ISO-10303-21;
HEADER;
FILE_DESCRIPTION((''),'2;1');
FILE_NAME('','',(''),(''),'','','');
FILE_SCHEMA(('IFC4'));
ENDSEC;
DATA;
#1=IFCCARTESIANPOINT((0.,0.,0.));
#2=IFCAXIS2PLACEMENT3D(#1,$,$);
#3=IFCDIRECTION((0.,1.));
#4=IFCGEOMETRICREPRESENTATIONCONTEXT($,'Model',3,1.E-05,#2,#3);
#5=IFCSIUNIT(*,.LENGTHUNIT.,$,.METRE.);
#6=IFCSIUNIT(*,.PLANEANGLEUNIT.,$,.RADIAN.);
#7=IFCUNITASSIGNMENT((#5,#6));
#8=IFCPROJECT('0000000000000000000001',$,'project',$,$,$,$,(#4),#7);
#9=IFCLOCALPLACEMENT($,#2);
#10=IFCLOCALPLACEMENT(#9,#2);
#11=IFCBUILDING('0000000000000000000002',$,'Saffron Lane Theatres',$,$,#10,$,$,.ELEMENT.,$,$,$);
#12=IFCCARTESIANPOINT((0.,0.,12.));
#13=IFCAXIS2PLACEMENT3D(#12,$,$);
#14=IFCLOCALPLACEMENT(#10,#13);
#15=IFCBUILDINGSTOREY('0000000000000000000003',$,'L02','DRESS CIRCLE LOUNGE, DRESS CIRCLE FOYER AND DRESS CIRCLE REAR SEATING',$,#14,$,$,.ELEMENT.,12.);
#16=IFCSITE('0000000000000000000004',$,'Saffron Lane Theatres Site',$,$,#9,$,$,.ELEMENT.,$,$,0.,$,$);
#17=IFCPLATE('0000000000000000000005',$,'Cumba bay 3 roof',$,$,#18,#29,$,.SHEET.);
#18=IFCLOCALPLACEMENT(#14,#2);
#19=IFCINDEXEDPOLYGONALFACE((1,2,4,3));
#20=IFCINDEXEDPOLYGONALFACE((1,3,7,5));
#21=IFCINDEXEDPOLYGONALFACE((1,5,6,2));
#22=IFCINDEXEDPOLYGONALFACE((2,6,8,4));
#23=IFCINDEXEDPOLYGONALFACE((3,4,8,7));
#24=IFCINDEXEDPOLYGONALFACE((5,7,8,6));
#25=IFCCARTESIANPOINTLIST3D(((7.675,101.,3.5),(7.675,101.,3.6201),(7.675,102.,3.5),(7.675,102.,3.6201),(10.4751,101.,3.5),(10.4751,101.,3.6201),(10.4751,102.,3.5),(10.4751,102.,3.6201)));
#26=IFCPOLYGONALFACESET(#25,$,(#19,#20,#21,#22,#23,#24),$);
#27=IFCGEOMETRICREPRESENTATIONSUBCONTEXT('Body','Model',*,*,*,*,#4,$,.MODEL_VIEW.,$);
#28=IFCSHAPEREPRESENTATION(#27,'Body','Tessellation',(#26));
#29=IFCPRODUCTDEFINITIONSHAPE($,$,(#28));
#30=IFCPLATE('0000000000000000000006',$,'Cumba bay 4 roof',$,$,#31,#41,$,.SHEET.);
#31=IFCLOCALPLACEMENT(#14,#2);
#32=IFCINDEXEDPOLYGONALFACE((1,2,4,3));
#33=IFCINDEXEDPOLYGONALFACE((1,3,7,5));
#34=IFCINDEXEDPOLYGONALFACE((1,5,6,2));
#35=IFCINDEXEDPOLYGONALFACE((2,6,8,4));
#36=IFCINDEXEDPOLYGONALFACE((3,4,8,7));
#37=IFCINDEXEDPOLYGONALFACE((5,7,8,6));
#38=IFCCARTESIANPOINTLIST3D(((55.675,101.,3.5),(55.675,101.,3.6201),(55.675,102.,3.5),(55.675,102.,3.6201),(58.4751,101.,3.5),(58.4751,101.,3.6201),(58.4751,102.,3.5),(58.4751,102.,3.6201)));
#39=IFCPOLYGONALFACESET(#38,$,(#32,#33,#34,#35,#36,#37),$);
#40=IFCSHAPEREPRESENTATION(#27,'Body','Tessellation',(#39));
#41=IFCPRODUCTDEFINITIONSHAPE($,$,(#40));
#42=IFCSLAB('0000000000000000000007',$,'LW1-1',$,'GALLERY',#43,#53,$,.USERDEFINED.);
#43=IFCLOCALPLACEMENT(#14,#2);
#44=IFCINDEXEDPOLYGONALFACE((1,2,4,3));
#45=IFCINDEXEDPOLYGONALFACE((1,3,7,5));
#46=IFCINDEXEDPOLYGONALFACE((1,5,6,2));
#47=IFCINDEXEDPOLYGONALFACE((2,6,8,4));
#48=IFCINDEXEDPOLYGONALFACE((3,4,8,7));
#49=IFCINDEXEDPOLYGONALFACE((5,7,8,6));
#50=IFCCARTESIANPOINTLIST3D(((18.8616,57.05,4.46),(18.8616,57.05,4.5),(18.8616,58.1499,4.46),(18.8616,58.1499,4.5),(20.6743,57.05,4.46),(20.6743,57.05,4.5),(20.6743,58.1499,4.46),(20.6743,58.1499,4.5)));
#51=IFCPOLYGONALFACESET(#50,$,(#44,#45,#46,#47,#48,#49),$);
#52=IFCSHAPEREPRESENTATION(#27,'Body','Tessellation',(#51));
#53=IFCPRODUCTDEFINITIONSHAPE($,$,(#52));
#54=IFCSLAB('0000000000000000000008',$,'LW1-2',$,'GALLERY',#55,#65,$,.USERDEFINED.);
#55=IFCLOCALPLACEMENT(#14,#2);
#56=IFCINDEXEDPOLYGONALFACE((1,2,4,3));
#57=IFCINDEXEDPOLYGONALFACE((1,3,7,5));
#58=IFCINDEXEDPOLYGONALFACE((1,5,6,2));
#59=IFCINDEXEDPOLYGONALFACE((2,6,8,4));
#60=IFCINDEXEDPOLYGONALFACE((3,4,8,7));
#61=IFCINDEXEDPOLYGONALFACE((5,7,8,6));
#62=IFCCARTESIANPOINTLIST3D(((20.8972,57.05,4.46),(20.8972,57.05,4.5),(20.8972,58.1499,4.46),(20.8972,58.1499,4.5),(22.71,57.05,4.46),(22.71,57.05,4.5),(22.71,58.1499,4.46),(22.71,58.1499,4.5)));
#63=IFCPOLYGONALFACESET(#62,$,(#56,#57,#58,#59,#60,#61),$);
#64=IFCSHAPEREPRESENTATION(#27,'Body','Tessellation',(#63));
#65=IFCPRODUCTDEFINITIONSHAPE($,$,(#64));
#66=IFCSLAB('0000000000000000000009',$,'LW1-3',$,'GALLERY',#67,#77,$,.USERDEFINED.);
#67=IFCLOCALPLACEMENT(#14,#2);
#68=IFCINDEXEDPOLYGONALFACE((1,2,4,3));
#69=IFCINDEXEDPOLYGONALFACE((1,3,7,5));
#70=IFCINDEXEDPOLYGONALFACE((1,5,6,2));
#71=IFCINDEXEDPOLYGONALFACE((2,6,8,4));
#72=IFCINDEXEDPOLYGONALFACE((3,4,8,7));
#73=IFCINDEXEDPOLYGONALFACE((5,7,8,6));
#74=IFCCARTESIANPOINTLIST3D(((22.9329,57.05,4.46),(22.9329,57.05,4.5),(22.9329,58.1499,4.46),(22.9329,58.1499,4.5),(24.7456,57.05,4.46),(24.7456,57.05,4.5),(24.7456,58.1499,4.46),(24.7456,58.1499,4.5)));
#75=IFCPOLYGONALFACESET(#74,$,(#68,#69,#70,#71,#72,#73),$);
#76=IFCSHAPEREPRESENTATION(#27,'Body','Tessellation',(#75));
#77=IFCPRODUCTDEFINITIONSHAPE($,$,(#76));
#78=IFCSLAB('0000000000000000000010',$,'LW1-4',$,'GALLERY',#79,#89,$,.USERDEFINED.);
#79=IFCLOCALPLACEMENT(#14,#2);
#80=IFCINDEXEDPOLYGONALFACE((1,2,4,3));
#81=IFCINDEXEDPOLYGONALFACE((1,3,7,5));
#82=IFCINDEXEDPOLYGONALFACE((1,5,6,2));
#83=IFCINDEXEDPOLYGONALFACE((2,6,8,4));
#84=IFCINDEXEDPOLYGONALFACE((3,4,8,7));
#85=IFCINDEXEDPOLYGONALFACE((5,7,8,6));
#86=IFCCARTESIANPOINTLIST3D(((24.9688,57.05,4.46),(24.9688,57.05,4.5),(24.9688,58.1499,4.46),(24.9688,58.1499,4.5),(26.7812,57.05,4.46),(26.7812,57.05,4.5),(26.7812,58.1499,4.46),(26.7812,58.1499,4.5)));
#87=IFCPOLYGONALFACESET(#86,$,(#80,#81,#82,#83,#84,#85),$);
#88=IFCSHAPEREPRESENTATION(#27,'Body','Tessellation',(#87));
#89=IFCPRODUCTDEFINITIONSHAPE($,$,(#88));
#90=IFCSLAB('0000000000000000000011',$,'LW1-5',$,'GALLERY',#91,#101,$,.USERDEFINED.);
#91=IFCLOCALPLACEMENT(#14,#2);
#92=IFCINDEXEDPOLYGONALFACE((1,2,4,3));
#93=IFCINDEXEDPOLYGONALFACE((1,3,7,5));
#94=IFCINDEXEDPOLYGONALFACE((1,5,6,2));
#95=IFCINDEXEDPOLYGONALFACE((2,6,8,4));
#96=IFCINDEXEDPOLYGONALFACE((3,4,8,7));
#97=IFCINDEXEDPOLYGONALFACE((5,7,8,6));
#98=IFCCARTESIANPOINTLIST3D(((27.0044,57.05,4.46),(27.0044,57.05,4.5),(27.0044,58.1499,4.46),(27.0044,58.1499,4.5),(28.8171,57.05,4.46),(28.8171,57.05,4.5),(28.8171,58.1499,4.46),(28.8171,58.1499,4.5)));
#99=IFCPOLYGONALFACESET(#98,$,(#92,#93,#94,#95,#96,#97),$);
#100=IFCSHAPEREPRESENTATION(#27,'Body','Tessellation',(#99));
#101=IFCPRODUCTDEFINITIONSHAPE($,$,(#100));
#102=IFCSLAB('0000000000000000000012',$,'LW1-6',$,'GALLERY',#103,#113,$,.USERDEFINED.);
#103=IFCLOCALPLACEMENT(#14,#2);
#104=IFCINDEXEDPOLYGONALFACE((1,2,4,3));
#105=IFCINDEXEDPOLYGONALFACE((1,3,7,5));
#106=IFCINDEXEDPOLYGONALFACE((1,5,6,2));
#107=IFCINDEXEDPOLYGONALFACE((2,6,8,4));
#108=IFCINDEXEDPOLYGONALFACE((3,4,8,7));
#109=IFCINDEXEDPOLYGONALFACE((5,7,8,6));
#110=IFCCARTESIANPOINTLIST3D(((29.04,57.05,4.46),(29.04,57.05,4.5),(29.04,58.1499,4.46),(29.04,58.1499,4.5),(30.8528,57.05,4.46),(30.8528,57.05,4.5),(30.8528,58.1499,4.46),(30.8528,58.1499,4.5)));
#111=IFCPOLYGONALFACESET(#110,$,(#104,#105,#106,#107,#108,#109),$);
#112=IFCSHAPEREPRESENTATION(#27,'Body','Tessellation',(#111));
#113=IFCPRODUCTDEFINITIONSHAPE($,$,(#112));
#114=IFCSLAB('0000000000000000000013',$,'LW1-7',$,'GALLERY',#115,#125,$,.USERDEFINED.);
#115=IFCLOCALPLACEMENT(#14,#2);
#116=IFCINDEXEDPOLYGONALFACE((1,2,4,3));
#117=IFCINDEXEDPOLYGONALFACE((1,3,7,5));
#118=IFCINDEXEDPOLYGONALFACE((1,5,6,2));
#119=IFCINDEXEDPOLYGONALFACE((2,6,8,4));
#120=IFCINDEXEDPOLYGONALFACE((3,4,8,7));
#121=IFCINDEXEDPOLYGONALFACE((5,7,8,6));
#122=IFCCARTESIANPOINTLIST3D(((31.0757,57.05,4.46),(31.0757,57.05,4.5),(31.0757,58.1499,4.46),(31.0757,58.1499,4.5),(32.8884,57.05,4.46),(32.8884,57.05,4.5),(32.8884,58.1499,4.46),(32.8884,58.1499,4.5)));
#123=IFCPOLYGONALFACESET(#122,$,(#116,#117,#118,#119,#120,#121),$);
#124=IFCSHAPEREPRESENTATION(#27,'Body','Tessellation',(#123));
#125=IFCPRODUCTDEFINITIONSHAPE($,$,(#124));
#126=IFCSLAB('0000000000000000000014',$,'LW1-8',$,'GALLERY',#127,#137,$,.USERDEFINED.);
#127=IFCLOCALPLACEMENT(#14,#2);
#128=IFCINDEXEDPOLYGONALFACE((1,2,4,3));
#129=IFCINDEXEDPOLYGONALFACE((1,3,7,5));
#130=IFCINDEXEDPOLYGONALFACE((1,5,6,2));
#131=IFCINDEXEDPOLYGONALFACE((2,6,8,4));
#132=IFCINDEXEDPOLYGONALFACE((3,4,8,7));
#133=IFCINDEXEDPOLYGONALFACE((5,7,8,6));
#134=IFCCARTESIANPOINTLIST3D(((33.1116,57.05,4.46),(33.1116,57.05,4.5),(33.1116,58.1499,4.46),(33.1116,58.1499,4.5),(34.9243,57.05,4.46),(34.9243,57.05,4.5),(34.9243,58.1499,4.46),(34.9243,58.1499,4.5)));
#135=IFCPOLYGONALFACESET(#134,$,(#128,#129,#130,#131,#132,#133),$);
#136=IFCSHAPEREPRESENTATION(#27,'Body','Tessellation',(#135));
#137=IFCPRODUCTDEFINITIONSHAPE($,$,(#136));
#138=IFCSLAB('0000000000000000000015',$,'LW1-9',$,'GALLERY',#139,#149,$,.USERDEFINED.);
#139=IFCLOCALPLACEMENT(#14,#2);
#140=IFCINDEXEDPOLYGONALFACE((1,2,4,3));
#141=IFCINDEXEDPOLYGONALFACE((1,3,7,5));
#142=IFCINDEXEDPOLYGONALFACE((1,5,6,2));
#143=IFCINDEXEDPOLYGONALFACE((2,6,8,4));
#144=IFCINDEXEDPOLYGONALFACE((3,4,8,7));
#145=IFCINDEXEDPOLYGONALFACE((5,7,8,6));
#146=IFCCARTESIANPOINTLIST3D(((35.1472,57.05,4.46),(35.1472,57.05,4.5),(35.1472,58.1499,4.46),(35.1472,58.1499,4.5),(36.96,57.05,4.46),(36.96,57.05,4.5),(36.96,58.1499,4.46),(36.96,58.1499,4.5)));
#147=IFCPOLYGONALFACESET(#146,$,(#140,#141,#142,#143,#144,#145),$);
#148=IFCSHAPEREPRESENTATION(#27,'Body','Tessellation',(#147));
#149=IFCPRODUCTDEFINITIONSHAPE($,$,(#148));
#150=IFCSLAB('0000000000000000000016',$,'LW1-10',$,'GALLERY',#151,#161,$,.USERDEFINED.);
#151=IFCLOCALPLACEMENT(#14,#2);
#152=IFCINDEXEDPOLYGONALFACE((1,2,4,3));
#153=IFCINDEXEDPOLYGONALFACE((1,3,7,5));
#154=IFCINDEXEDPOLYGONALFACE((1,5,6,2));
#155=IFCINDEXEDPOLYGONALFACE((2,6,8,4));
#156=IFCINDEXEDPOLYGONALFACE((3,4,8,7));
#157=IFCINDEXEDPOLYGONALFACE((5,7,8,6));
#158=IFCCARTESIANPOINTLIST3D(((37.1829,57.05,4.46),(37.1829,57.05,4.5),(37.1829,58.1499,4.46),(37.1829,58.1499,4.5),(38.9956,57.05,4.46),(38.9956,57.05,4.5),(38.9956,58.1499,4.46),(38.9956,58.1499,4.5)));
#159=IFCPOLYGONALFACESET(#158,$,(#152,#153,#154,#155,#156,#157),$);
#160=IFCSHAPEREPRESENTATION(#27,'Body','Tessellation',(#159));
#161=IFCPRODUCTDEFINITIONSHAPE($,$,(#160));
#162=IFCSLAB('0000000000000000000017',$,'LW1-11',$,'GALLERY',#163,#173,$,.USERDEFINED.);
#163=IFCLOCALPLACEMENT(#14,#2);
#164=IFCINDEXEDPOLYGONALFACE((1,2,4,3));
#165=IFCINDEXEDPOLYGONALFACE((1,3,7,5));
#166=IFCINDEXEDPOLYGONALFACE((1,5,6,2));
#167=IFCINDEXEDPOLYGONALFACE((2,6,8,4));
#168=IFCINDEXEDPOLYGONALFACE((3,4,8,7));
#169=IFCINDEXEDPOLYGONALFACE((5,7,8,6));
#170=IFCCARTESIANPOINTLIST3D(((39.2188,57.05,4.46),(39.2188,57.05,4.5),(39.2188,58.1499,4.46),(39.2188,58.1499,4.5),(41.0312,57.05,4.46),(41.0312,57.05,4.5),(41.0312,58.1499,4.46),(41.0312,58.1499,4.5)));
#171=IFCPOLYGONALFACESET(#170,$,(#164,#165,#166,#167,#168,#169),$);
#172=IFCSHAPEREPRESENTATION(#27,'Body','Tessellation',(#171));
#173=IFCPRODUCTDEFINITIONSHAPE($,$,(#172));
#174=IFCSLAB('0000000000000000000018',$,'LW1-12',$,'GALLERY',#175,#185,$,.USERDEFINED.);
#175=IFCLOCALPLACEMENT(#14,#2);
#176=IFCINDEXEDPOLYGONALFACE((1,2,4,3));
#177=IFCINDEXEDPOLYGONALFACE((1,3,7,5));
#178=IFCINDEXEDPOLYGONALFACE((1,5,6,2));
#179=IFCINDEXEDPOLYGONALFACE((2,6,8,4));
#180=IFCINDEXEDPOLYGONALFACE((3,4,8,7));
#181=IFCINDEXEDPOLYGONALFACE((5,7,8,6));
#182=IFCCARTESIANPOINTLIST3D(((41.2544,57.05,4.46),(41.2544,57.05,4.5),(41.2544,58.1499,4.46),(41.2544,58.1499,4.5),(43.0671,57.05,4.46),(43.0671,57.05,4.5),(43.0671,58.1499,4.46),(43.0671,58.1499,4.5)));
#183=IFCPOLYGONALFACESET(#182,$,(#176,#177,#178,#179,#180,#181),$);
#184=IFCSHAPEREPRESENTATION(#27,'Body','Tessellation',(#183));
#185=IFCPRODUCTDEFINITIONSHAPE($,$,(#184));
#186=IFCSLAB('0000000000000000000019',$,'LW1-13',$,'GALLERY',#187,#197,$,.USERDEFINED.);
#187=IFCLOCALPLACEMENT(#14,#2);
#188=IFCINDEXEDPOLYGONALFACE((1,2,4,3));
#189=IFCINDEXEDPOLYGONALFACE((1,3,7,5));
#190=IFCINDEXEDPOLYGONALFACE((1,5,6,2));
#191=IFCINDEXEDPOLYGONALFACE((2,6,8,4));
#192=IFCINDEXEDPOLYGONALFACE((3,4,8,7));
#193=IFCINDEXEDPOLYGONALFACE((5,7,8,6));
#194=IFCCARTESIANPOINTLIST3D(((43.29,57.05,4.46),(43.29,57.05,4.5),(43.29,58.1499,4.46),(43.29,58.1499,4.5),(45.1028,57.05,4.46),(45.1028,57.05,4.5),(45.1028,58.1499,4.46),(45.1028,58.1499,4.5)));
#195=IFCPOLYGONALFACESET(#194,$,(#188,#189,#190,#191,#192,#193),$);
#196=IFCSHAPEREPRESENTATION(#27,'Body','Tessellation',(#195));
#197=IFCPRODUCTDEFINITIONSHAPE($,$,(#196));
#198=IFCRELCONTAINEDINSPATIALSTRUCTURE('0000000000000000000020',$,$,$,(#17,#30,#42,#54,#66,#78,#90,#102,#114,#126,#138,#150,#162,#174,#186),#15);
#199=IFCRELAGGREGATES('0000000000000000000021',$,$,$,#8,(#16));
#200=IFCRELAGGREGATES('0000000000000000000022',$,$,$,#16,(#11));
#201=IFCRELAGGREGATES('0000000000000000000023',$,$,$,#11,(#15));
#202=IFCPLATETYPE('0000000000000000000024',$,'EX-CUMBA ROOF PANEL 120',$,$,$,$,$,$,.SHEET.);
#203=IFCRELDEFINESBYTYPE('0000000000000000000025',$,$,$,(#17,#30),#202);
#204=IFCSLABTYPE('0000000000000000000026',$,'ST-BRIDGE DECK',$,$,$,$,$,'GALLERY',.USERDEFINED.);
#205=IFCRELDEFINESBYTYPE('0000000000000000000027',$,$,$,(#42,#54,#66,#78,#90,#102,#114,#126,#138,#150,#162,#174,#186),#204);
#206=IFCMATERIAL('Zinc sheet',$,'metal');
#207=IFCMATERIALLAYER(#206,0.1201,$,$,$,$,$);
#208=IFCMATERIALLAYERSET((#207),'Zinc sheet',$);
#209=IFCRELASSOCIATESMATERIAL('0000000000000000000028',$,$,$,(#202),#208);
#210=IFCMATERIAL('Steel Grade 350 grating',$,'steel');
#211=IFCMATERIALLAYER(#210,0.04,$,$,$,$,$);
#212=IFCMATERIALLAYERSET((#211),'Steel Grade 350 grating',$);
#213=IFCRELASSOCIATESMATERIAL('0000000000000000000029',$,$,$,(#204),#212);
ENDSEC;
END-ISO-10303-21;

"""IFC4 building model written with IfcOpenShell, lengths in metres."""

from ifc_helpers import new_model, si_unit, direction, frame, origin, place, context, subcontext, project, spatial, polyline, outline, extrude, material, layer, layer_set, type_object, element, save


model = new_model("IFC4")

# Units and contexts
model_context = context("Model", 3, precision=1e-05, world=origin(), true_north=direction((0.0, 1.0)))
body_context = subcontext(model_context, "Body", "Model", "MODEL_VIEW")
ifc_project = project(units=[si_unit("LENGTHUNIT", "METRE"), si_unit("PLANEANGLEUNIT", "RADIAN")], contexts=[model_context])

# Site, building, storey
site_placement = place(None, origin())
site = spatial("IfcSite", under=ifc_project, at=site_placement, Name="Saffron Lane Theatres Site", CompositionType="ELEMENT", RefElevation=0.0)
building_placement = place(site_placement, origin())
building = spatial("IfcBuilding", under=site, at=building_placement, Name="Saffron Lane Theatres", CompositionType="ELEMENT")
storey_placement = place(building_placement, frame((0.0, 0.0, 12.0)))
storey = spatial("IfcBuildingStorey", under=building, at=storey_placement, Name="L02", Description="DRESS CIRCLE LOUNGE, DRESS CIRCLE FOYER AND DRESS CIRCLE REAR SEATING", CompositionType="ELEMENT", Elevation=12.0)

# Plates
ifc_material_1 = material(Name="Zinc sheet", Category="metal")
ifc_layer_1 = layer(ifc_material_1, 0.1201)
ifc_layer_set_1 = layer_set([ifc_layer_1], Name="Zinc sheet")
plate_type = type_object("IfcPlateType", Name="EX-CUMBA ROOF PANEL 120", PredefinedType="SHEET", material=ifc_layer_set_1)
plate_1_placement = place(storey_placement, frame((0.0, 0.0, 3.5)))
element("IfcPlate", 1, at=plate_1_placement, inside=storey, type_object=plate_type, Name="Cumba bay 3 roof", PredefinedType="SHEET", context=body_context, shape_type="SweptSolid", body=[
    extrude(outline(polyline([(10.4751, 102.0), (7.675, 102.0), (7.675, 101.0), (10.4751, 101.0), (10.4751, 102.0)])), origin(), (0.0, 0.0, 1.0), 0.1201),
])
plate_2_placement = place(storey_placement, frame((0.0, 0.0, 3.5)))
element("IfcPlate", 2, at=plate_2_placement, inside=storey, type_object=plate_type, Name="Cumba bay 4 roof", PredefinedType="SHEET", context=body_context, shape_type="SweptSolid", body=[
    extrude(outline(polyline([(58.4751, 102.0), (55.675, 102.0), (55.675, 101.0), (58.4751, 101.0), (58.4751, 102.0)])), origin(), (0.0, 0.0, 1.0), 0.1201),
])

# Slabs
ifc_material_2 = material(Name="Steel Grade 350 grating", Category="steel")
ifc_layer_2 = layer(ifc_material_2, 0.04)
ifc_layer_set_2 = layer_set([ifc_layer_2], Name="Steel Grade 350 grating")
slab_type_1 = type_object("IfcSlabType", Name="ST-BRIDGE DECK", ElementType="GALLERY", PredefinedType="USERDEFINED", material=ifc_layer_set_2)
slab_1_placement = place(storey_placement, frame((0.0, 0.0, 4.46)))
element("IfcSlab", 3, at=slab_1_placement, inside=storey, type_object=slab_type_1, Name="LW1-1", ObjectType="GALLERY", PredefinedType="USERDEFINED", context=body_context, shape_type="SweptSolid", body=[
    extrude(outline(polyline([(18.8616, 57.05), (20.6743, 57.05), (20.6743, 58.1499), (18.8616, 58.1499), (18.8616, 57.05)])), origin(), (0.0, 0.0, 1.0), 0.04),
])
slab_2_placement = place(storey_placement, frame((0.0, 0.0, 4.46)))
element("IfcSlab", 4, at=slab_2_placement, inside=storey, type_object=slab_type_1, Name="LW1-2", ObjectType="GALLERY", PredefinedType="USERDEFINED", context=body_context, shape_type="SweptSolid", body=[
    extrude(outline(polyline([(20.8972, 57.05), (22.71, 57.05), (22.71, 58.1499), (20.8972, 58.1499), (20.8972, 57.05)])), origin(), (0.0, 0.0, 1.0), 0.04),
])
slab_3_placement = place(storey_placement, frame((0.0, 0.0, 4.46)))
element("IfcSlab", 5, at=slab_3_placement, inside=storey, type_object=slab_type_1, Name="LW1-3", ObjectType="GALLERY", PredefinedType="USERDEFINED", context=body_context, shape_type="SweptSolid", body=[
    extrude(outline(polyline([(22.9329, 57.05), (24.7456, 57.05), (24.7456, 58.1499), (22.9329, 58.1499), (22.9329, 57.05)])), origin(), (0.0, 0.0, 1.0), 0.04),
])
slab_4_placement = place(storey_placement, frame((0.0, 0.0, 4.46)))
element("IfcSlab", 6, at=slab_4_placement, inside=storey, type_object=slab_type_1, Name="LW1-4", ObjectType="GALLERY", PredefinedType="USERDEFINED", context=body_context, shape_type="SweptSolid", body=[
    extrude(outline(polyline([(24.9688, 57.05), (26.7812, 57.05), (26.7812, 58.1499), (24.9688, 58.1499), (24.9688, 57.05)])), origin(), (0.0, 0.0, 1.0), 0.04),
])
slab_5_placement = place(storey_placement, frame((0.0, 0.0, 4.46)))
element("IfcSlab", 7, at=slab_5_placement, inside=storey, type_object=slab_type_1, Name="LW1-5", ObjectType="GALLERY", PredefinedType="USERDEFINED", context=body_context, shape_type="SweptSolid", body=[
    extrude(outline(polyline([(27.0044, 57.05), (28.8171, 57.05), (28.8171, 58.1499), (27.0044, 58.1499), (27.0044, 57.05)])), origin(), (0.0, 0.0, 1.0), 0.04),
])
slab_6_placement = place(storey_placement, frame((0.0, 0.0, 4.46)))
element("IfcSlab", 8, at=slab_6_placement, inside=storey, type_object=slab_type_1, Name="LW1-6", ObjectType="GALLERY", PredefinedType="USERDEFINED", context=body_context, shape_type="SweptSolid", body=[
    extrude(outline(polyline([(29.04, 57.05), (30.8528, 57.05), (30.8528, 58.1499), (29.04, 58.1499), (29.04, 57.05)])), origin(), (0.0, 0.0, 1.0), 0.04),
])
slab_7_placement = place(storey_placement, frame((0.0, 0.0, 4.46)))
element("IfcSlab", 9, at=slab_7_placement, inside=storey, type_object=slab_type_1, Name="LW1-7", ObjectType="GALLERY", PredefinedType="USERDEFINED", context=body_context, shape_type="SweptSolid", body=[
    extrude(outline(polyline([(31.0757, 57.05), (32.8884, 57.05), (32.8884, 58.1499), (31.0757, 58.1499), (31.0757, 57.05)])), origin(), (0.0, 0.0, 1.0), 0.04),
])
slab_8_placement = place(storey_placement, frame((0.0, 0.0, 4.46)))
element("IfcSlab", 10, at=slab_8_placement, inside=storey, type_object=slab_type_1, Name="LW1-8", ObjectType="GALLERY", PredefinedType="USERDEFINED", context=body_context, shape_type="SweptSolid", body=[
    extrude(outline(polyline([(33.1116, 57.05), (34.9243, 57.05), (34.9243, 58.1499), (33.1116, 58.1499), (33.1116, 57.05)])), origin(), (0.0, 0.0, 1.0), 0.04),
])
slab_9_placement = place(storey_placement, frame((0.0, 0.0, 4.46)))
element("IfcSlab", 11, at=slab_9_placement, inside=storey, type_object=slab_type_1, Name="LW1-9", ObjectType="GALLERY", PredefinedType="USERDEFINED", context=body_context, shape_type="SweptSolid", body=[
    extrude(outline(polyline([(35.1472, 57.05), (36.96, 57.05), (36.96, 58.1499), (35.1472, 58.1499), (35.1472, 57.05)])), origin(), (0.0, 0.0, 1.0), 0.04),
])
slab_10_placement = place(storey_placement, frame((0.0, 0.0, 4.46)))
element("IfcSlab", 12, at=slab_10_placement, inside=storey, type_object=slab_type_1, Name="LW1-10", ObjectType="GALLERY", PredefinedType="USERDEFINED", context=body_context, shape_type="SweptSolid", body=[
    extrude(outline(polyline([(37.1829, 57.05), (38.9956, 57.05), (38.9956, 58.1499), (37.1829, 58.1499), (37.1829, 57.05)])), origin(), (0.0, 0.0, 1.0), 0.04),
])
slab_11_placement = place(storey_placement, frame((0.0, 0.0, 4.46)))
element("IfcSlab", 13, at=slab_11_placement, inside=storey, type_object=slab_type_1, Name="LW1-11", ObjectType="GALLERY", PredefinedType="USERDEFINED", context=body_context, shape_type="SweptSolid", body=[
    extrude(outline(polyline([(39.2188, 57.05), (41.0312, 57.05), (41.0312, 58.1499), (39.2188, 58.1499), (39.2188, 57.05)])), origin(), (0.0, 0.0, 1.0), 0.04),
])
slab_12_placement = place(storey_placement, frame((0.0, 0.0, 4.46)))
element("IfcSlab", 14, at=slab_12_placement, inside=storey, type_object=slab_type_1, Name="LW1-12", ObjectType="GALLERY", PredefinedType="USERDEFINED", context=body_context, shape_type="SweptSolid", body=[
    extrude(outline(polyline([(41.2544, 57.05), (43.0671, 57.05), (43.0671, 58.1499), (41.2544, 58.1499), (41.2544, 57.05)])), origin(), (0.0, 0.0, 1.0), 0.04),
])
slab_13_placement = place(storey_placement, frame((0.0, 0.0, 4.46)))
element("IfcSlab", 15, at=slab_13_placement, inside=storey, type_object=slab_type_1, Name="LW1-13", ObjectType="GALLERY", PredefinedType="USERDEFINED", context=body_context, shape_type="SweptSolid", body=[
    extrude(outline(polyline([(43.29, 57.05), (45.1028, 57.05), (45.1028, 58.1499), (43.29, 58.1499), (43.29, 57.05)])), origin(), (0.0, 0.0, 1.0), 0.04),
])

save(model, "model.ifc")
